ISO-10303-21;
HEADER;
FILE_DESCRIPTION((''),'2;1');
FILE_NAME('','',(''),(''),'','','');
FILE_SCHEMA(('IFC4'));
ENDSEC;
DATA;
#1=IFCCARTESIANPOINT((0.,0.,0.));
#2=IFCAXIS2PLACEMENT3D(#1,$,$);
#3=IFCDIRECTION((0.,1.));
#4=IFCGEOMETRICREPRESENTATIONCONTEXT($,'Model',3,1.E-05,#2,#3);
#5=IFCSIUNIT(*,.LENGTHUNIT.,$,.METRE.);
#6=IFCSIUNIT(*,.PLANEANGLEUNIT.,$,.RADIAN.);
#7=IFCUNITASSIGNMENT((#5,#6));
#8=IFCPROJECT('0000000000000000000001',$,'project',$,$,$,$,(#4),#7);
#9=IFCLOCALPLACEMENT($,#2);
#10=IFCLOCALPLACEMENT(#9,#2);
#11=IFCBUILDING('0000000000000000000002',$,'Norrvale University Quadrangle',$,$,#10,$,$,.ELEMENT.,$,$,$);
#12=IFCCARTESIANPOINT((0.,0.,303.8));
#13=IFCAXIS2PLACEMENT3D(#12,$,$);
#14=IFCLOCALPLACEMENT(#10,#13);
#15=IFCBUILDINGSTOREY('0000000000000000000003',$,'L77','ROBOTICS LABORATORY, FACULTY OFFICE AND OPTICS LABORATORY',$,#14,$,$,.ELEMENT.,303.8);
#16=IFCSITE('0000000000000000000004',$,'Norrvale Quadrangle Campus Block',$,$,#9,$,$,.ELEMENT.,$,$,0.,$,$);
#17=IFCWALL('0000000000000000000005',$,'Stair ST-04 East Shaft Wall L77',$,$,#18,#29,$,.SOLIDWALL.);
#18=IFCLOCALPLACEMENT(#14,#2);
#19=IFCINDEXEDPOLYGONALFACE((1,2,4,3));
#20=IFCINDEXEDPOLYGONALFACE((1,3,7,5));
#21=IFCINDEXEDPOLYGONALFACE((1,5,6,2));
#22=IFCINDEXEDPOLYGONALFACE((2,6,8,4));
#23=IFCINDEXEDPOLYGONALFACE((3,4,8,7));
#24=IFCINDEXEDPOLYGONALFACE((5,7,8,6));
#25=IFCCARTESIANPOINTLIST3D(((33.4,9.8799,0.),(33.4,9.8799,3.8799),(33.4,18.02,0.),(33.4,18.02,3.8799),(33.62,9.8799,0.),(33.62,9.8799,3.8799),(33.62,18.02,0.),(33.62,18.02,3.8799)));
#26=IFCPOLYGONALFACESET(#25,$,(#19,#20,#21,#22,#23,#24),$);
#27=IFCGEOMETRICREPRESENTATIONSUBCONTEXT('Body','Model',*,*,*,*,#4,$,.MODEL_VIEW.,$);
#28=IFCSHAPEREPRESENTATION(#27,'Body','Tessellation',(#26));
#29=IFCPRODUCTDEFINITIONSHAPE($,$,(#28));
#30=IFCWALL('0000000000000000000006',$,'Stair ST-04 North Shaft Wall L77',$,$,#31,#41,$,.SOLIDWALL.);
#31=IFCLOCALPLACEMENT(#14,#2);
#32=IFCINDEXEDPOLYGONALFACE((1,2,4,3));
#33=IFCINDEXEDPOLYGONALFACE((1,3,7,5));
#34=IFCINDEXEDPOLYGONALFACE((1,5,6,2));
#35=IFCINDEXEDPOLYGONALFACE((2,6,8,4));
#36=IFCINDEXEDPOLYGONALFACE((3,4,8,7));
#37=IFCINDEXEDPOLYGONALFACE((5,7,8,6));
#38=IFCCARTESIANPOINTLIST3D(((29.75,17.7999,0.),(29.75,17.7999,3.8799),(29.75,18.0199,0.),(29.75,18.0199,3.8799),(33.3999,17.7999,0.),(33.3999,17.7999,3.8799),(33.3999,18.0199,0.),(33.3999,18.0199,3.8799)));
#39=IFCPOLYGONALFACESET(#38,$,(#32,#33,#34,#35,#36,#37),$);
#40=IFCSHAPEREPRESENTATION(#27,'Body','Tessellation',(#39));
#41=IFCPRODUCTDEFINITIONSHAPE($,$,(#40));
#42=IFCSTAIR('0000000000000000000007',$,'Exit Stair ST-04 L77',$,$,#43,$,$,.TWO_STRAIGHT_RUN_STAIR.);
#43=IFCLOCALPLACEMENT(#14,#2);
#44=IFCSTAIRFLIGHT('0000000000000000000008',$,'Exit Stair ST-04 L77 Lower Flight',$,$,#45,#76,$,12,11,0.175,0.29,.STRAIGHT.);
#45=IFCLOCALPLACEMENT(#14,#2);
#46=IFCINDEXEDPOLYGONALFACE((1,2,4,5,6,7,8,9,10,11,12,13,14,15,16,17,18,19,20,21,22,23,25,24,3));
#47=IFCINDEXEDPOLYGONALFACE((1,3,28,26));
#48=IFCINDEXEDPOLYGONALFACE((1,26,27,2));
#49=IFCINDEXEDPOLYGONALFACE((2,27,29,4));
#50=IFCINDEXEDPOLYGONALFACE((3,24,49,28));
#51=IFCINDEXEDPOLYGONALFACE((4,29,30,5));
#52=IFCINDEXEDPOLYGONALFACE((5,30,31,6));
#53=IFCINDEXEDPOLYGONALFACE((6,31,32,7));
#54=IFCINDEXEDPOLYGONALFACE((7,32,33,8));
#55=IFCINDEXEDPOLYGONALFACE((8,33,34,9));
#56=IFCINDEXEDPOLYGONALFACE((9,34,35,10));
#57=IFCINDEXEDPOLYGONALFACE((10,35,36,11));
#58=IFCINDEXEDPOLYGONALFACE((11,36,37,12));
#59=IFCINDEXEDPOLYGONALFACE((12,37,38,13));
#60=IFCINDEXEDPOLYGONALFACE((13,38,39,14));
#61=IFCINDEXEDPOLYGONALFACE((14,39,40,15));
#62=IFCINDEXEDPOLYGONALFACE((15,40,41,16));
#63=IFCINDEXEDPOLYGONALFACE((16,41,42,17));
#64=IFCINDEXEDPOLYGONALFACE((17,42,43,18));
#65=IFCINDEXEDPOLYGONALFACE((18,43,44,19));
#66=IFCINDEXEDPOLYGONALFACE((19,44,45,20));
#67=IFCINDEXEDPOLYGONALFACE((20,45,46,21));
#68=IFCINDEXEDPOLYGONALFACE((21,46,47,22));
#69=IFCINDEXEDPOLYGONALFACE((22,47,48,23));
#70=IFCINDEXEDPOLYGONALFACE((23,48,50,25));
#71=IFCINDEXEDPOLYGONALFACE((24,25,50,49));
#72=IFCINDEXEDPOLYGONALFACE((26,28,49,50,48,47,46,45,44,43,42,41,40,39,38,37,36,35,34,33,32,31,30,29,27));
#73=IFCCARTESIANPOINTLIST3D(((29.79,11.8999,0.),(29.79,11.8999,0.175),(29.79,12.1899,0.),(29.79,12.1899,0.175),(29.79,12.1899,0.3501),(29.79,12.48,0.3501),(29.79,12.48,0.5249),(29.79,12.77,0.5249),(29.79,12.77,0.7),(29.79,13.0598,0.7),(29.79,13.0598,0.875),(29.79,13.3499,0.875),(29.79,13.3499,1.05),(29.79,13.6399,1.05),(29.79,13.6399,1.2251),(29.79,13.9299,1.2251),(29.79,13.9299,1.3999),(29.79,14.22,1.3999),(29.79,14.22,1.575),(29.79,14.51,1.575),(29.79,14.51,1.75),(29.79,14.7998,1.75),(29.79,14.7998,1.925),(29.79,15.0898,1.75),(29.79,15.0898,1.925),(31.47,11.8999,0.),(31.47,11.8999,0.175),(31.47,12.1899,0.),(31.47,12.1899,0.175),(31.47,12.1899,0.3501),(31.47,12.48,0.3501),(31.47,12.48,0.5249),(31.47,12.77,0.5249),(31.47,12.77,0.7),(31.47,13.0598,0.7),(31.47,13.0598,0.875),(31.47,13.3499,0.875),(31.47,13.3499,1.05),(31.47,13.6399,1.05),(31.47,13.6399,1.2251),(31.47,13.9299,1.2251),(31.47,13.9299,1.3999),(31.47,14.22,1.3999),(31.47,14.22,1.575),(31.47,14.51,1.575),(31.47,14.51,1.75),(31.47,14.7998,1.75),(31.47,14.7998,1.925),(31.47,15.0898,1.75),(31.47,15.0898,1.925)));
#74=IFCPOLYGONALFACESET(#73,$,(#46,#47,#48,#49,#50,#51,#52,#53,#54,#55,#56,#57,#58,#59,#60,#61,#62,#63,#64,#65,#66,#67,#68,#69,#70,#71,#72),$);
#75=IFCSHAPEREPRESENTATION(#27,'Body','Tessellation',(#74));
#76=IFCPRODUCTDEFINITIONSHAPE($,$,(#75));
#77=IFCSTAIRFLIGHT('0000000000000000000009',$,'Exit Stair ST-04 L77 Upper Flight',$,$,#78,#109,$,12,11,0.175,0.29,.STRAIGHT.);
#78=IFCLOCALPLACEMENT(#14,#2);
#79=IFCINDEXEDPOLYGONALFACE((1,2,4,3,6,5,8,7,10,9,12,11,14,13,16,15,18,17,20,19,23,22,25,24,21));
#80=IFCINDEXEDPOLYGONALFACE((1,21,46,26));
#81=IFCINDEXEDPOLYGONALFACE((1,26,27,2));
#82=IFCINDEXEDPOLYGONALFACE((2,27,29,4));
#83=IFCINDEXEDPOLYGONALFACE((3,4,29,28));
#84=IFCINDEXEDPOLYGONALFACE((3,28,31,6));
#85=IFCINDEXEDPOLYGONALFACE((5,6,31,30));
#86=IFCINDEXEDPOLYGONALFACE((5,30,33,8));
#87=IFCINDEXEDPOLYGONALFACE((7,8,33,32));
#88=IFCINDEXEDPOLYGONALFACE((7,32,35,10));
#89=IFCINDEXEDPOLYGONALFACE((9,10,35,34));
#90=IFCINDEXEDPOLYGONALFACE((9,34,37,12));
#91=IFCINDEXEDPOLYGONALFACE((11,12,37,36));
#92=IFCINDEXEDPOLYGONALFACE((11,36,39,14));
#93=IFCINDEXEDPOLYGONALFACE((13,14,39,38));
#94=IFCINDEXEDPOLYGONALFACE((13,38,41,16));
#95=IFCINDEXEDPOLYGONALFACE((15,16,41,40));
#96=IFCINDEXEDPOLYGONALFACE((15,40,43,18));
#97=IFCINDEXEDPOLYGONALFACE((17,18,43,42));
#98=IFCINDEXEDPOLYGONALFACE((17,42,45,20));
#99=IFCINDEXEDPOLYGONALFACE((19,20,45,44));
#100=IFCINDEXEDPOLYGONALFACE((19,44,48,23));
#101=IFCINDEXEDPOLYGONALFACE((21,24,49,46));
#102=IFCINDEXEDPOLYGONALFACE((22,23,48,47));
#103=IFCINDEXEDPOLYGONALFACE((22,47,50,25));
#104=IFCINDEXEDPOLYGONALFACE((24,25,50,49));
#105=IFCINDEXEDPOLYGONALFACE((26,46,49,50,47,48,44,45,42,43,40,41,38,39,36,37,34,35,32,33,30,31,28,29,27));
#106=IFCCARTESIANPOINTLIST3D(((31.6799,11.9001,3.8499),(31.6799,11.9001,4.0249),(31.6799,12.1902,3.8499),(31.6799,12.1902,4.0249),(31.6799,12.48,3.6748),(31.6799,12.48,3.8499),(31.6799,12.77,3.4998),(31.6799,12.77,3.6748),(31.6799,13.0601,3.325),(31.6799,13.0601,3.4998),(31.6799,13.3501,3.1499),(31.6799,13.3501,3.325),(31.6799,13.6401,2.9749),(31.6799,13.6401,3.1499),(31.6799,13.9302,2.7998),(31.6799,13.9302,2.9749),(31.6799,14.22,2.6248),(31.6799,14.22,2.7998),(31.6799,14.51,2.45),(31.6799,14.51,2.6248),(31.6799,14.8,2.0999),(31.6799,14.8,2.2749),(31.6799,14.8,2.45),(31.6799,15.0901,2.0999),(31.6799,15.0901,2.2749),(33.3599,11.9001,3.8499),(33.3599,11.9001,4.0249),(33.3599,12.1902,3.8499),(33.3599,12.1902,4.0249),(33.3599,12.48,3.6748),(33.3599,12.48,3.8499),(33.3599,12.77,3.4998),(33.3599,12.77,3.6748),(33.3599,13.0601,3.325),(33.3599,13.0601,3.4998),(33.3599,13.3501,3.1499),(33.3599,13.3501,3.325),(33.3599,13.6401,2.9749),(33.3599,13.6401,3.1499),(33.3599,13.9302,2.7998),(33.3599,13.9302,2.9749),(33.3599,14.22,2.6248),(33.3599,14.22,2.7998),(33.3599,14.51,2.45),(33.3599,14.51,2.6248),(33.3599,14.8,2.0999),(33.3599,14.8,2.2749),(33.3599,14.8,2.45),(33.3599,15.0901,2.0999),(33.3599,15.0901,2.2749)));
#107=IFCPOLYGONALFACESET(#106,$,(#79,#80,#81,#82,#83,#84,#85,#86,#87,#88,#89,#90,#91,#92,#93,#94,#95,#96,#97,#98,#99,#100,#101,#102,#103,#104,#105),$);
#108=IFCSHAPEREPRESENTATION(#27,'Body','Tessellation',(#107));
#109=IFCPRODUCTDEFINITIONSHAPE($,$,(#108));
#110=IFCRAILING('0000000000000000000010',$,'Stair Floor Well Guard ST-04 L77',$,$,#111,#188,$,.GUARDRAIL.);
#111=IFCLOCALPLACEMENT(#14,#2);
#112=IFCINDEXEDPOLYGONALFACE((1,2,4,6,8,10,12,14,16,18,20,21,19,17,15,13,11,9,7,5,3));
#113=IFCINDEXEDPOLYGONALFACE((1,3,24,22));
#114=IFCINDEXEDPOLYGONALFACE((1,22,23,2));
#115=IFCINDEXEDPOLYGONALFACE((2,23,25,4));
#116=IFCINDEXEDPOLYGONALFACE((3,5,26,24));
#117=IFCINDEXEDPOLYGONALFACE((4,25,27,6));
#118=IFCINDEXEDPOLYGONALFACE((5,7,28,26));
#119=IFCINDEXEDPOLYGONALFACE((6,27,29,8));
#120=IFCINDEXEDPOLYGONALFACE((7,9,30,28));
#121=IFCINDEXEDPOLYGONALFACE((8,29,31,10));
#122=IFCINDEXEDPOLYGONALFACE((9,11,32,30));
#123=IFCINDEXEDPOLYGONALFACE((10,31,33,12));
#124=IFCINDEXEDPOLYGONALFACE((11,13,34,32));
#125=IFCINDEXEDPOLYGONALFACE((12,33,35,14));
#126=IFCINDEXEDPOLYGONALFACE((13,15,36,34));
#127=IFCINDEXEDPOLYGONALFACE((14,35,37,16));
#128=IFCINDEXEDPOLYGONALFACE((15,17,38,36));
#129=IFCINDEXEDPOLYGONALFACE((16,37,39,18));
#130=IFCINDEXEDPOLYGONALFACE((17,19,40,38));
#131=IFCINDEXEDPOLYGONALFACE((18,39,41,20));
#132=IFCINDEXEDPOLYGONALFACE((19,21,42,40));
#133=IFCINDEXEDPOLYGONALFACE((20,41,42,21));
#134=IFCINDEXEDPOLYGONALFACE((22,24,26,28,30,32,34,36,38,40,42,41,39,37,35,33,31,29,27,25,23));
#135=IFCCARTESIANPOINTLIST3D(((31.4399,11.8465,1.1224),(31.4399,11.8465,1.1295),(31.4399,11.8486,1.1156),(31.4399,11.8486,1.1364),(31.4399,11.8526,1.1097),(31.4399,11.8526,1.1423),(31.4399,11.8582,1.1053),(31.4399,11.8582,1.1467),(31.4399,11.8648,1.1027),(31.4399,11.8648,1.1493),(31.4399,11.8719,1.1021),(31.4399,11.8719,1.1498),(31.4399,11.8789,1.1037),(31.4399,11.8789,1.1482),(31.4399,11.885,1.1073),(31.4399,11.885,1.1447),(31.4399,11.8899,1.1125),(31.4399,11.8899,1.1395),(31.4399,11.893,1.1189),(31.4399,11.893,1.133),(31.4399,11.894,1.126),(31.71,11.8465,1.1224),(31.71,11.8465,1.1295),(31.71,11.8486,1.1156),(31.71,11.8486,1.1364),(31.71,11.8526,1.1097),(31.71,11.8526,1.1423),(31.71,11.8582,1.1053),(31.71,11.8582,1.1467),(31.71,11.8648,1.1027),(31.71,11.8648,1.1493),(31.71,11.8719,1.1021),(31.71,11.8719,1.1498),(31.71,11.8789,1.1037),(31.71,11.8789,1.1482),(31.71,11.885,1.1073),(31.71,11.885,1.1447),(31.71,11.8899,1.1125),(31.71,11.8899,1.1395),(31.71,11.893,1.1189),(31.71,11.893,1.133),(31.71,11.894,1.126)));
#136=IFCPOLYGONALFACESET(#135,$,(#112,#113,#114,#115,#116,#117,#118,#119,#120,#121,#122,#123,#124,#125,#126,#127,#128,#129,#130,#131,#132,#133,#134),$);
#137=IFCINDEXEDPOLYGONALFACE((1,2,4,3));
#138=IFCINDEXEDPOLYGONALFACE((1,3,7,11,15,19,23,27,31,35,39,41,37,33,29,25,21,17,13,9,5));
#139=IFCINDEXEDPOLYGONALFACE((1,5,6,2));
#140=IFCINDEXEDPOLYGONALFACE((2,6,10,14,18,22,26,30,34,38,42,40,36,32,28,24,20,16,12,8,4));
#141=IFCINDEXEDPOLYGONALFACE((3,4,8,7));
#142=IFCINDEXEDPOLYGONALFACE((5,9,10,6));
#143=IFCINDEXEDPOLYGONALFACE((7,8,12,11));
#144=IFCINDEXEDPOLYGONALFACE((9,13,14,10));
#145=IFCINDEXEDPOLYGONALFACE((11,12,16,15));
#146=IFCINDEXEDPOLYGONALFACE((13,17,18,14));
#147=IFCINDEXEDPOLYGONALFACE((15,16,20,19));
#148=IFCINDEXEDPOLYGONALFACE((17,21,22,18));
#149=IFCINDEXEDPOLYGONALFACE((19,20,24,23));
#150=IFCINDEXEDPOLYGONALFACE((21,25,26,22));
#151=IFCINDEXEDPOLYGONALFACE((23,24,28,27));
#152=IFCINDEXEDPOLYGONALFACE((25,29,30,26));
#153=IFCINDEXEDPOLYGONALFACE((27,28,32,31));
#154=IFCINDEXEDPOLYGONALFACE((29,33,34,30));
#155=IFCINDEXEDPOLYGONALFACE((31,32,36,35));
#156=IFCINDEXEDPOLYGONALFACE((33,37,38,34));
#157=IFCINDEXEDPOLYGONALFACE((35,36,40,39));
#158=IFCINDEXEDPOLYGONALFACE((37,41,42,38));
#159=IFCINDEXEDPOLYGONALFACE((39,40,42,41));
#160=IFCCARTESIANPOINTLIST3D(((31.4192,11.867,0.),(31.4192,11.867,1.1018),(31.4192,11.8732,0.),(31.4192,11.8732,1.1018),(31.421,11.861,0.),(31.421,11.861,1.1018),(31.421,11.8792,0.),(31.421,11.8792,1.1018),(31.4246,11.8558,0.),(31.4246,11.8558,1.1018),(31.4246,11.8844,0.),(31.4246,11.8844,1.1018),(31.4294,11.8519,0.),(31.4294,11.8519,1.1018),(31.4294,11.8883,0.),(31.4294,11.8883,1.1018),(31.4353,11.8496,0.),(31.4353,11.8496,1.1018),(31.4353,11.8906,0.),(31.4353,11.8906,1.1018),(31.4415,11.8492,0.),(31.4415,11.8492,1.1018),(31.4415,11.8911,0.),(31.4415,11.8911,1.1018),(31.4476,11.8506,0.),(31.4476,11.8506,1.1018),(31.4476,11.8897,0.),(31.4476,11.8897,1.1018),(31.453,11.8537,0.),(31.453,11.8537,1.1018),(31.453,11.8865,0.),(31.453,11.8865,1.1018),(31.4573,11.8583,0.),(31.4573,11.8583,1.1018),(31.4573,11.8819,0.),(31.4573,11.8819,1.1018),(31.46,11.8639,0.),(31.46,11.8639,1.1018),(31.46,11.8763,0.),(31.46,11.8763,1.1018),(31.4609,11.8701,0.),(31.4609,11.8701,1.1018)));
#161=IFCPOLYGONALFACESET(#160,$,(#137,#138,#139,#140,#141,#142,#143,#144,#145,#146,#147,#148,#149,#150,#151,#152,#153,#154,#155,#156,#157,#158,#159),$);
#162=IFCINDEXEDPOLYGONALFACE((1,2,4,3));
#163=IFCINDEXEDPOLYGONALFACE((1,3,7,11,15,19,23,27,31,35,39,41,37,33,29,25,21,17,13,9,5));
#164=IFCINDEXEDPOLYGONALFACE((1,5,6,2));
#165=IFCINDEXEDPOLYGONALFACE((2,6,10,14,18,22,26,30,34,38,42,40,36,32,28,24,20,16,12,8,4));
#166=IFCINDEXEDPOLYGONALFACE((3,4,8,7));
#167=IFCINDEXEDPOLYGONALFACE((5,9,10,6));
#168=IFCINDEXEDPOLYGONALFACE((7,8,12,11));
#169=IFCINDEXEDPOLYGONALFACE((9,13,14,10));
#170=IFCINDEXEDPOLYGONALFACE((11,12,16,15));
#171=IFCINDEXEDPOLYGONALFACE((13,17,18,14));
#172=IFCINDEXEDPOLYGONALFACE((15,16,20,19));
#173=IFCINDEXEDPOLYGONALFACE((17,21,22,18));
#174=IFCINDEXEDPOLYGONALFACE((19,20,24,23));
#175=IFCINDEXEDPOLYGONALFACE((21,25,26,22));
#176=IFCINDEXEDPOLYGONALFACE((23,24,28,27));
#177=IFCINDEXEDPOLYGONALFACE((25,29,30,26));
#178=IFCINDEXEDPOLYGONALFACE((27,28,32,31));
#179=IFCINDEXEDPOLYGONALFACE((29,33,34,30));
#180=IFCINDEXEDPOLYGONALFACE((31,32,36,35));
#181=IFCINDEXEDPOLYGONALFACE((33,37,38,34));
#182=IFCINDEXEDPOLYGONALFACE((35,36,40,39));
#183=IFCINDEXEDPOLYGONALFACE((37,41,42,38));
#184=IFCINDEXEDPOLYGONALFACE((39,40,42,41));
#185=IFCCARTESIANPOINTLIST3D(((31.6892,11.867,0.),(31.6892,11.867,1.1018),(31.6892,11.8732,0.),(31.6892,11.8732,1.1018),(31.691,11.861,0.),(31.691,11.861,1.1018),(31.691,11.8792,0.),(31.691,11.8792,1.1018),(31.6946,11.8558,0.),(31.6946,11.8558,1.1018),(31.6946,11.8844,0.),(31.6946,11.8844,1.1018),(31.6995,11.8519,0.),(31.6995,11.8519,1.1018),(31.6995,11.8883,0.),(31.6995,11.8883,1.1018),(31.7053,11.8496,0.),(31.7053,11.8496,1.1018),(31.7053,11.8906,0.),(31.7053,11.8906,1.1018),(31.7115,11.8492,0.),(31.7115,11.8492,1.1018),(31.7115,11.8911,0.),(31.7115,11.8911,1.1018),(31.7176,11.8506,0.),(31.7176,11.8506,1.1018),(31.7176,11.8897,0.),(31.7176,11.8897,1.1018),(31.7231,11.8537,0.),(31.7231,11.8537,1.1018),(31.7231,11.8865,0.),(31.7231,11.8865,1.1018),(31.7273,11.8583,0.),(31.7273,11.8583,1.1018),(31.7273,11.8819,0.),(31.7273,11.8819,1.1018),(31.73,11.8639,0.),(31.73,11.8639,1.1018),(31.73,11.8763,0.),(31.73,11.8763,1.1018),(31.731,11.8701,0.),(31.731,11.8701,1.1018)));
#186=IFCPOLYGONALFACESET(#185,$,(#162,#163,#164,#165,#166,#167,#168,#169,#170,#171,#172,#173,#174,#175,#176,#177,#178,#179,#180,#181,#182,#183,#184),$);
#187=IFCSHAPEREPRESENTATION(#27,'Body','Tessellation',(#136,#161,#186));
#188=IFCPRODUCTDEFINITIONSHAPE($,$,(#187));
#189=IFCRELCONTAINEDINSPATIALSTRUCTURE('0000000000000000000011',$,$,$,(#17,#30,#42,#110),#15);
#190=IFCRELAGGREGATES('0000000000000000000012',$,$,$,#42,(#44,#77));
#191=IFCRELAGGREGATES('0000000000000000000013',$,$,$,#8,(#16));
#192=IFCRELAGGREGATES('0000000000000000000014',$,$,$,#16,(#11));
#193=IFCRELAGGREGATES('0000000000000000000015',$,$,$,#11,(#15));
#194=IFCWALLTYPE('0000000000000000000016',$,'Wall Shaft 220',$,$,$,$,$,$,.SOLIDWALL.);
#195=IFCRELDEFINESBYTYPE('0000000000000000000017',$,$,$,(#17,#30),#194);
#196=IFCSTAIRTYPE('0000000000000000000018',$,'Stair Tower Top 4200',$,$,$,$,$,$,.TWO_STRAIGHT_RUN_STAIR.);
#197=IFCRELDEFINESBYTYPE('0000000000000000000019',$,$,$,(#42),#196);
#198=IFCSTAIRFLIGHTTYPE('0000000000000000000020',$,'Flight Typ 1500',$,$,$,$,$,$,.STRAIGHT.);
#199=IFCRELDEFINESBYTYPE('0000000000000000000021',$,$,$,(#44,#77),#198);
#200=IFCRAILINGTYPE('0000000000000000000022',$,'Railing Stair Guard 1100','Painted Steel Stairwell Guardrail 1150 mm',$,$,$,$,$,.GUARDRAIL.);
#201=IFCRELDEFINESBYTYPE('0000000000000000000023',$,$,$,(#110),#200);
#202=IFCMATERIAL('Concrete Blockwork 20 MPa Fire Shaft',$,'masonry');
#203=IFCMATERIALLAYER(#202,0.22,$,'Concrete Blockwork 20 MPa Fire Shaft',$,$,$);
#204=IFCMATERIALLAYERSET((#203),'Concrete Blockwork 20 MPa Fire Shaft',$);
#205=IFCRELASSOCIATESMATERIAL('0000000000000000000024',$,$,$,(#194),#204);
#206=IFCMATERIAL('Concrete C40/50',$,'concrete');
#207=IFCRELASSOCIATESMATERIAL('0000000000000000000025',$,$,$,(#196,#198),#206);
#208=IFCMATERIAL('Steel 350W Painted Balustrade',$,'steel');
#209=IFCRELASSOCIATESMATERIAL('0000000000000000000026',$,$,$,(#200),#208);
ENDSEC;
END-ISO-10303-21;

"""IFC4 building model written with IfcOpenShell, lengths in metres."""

from ifc_helpers import new_model, si_unit, direction, frame, frame_2d, origin, origin_2d, place, context, subcontext, project, spatial, polyline, rectangle, circle, outline, extrude, material, layer, layer_set, type_object, element, aggregate, save


model = new_model("IFC4")

# Units and contexts
model_context = context("Model", 3, precision=1e-05, world=origin(), true_north=direction((0.0, 1.0)))
body_context = subcontext(model_context, "Body", "Model", "MODEL_VIEW")
ifc_project = project(units=[si_unit("LENGTHUNIT", "METRE"), si_unit("PLANEANGLEUNIT", "RADIAN")], contexts=[model_context])

# Site, building, storey
site_placement = place(None, origin())
site = spatial("IfcSite", under=ifc_project, at=site_placement, Name="Norrvale Quadrangle Campus Block", CompositionType="ELEMENT", RefElevation=0.0)
building_placement = place(site_placement, origin())
building = spatial("IfcBuilding", under=site, at=building_placement, Name="Norrvale University Quadrangle", CompositionType="ELEMENT")
storey_placement = place(building_placement, frame((0.0, 0.0, 303.8)))
storey = spatial("IfcBuildingStorey", under=building, at=storey_placement, Name="L77", Description="ROBOTICS LABORATORY, FACULTY OFFICE AND OPTICS LABORATORY", CompositionType="ELEMENT", Elevation=303.8)

# Walls
ifc_material_1 = material(Name="Concrete Blockwork 20 MPa Fire Shaft", Category="masonry")
ifc_layer = layer(ifc_material_1, 0.22, Name="Concrete Blockwork 20 MPa Fire Shaft")
ifc_layer_set = layer_set([ifc_layer], Name="Concrete Blockwork 20 MPa Fire Shaft")
wall_type = type_object("IfcWallType", Name="Wall Shaft 220", PredefinedType="SOLIDWALL", material=ifc_layer_set)
wall_1_placement = place(storey_placement, frame((33.51, 9.8799, 0.0), z_axis=(0.0, 0.0, 1.0), x_axis=(0.0, 1.0, 0.0)))
element("IfcWall", 1, at=wall_1_placement, inside=storey, type_object=wall_type, Name="Stair ST-04 East Shaft Wall L77", PredefinedType="SOLIDWALL", context=body_context, shape_type="SweptSolid", body=[
    extrude(rectangle(XDim=8.1401, YDim=0.22, at=frame_2d((4.0701, 0.0))), origin(), (0.0, 0.0, 1.0), 3.8799),
])
wall_2_placement = place(storey_placement, frame((29.75, 17.9099, 0.0), z_axis=(0.0, 0.0, 1.0), x_axis=(1.0, 0.0, 0.0)))
element("IfcWall", 2, at=wall_2_placement, inside=storey, type_object=wall_type, Name="Stair ST-04 North Shaft Wall L77", PredefinedType="SOLIDWALL", context=body_context, shape_type="SweptSolid", body=[
    extrude(rectangle(XDim=3.6499, YDim=0.22, at=frame_2d((1.825, 0.0))), origin(), (0.0, 0.0, 1.0), 3.8799),
])

# Stair, stair flights
ifc_material_2 = material(Name="Concrete C40/50", Category="concrete")
stair_type = type_object("IfcStairType", Name="Stair Tower Top 4200", PredefinedType="TWO_STRAIGHT_RUN_STAIR", material=ifc_material_2)
stair_placement = place(storey_placement, origin())
stair = element("IfcStair", 3, at=stair_placement, inside=storey, type_object=stair_type, Name="Exit Stair ST-04 L77", PredefinedType="TWO_STRAIGHT_RUN_STAIR")
stair_flight_type = type_object("IfcStairFlightType", Name="Flight Typ 1500", PredefinedType="STRAIGHT", material=ifc_material_2)
stair_flight_1_placement = place(storey_placement, frame((30.6299, 11.8999, 0.0), z_axis=(0.0, 0.0, 1.0), x_axis=(0.0, 1.0, 0.0)))
stair_flight_1 = element("IfcStairFlight", 4, at=stair_flight_1_placement, type_object=stair_flight_type, Name="Exit Stair ST-04 L77 Lower Flight", NumberOfRisers=12, NumberOfTreads=11, PredefinedType="STRAIGHT", RiserHeight=0.175, TreadLength=0.29, context=body_context, shape_type="SweptSolid", body=[
    extrude(outline(polyline([(0.0, 0.0), (0.0, 0.175), (0.29, 0.175), (0.29, 0.3501), (0.5801, 0.3501), (0.5801, 0.5249), (0.8701, 0.5249), (0.8701, 0.7), (1.1599, 0.7), (1.1599, 0.875), (1.45, 0.875), (1.45, 1.05), (1.74, 1.05), (1.74, 1.2251), (2.03, 1.2251), (2.03, 1.3999), (2.3201, 1.3999), (2.3201, 1.575), (2.6101, 1.575), (2.6101, 1.75), (2.8999, 1.75), (2.8999, 1.925), (3.1899, 1.925), (3.1899, 2.1001), (3.1899, 1.75), (0.29, 0.0), (0.0, 0.0)])), frame((0.0, 0.8398, 0.0), z_axis=(0.0, -1.0, 0.0), x_axis=(1.0, 0.0, 0.0)), (0.0, 0.0, 1.0), 1.6799),
])
stair_flight_2_placement = place(storey_placement, frame((32.52, 15.0901, 2.0999), z_axis=(0.0, 0.0, 1.0), x_axis=(0.0, -1.0, 0.0)))
stair_flight_2 = element("IfcStairFlight", 5, at=stair_flight_2_placement, type_object=stair_flight_type, Name="Exit Stair ST-04 L77 Upper Flight", NumberOfRisers=12, NumberOfTreads=11, PredefinedType="STRAIGHT", RiserHeight=0.175, TreadLength=0.29, context=body_context, shape_type="SweptSolid", body=[
    extrude(outline(polyline([(0.0, 0.0), (0.0, 0.175), (0.29, 0.175), (0.29, 0.3501), (0.5801, 0.3501), (0.5801, 0.5249), (0.8701, 0.5249), (0.8701, 0.7), (1.1599, 0.7), (1.1599, 0.875), (1.45, 0.875), (1.45, 1.05), (1.74, 1.05), (1.74, 1.2251), (2.03, 1.2251), (2.03, 1.3999), (2.3201, 1.3999), (2.3201, 1.575), (2.6101, 1.575), (2.6101, 1.75), (2.8999, 1.75), (2.8999, 1.925), (3.1899, 1.925), (3.1899, 2.1001), (3.1899, 1.75), (0.29, 0.0), (0.0, 0.0)])), frame((0.0, 0.8398, 0.0), z_axis=(0.0, -1.0, 0.0), x_axis=(1.0, 0.0, 0.0)), (0.0, 0.0, 1.0), 1.6799),
])
aggregate(stair, [stair_flight_1, stair_flight_2])

# Railing
ifc_material_3 = material(Name="Steel 350W Painted Balustrade", Category="steel")
railing_type_1 = type_object("IfcRailingType", Name="Railing Stair Guard 1100", Description="Painted Steel Stairwell Guardrail 1150 mm", PredefinedType="GUARDRAIL", material=ifc_material_3)
for number, where, name in (
    (6, (31.4399, 11.8701, 0.0), "Stair Floor Well Guard ST-04 L77"),
):
    element("IfcRailing", number, at=place(storey_placement, frame(where)), inside=storey, type_object=railing_type_1, Name=name, PredefinedType="GUARDRAIL", context=body_context, shape_type="SweptSolid", body=[
        extrude(circle(Radius=0.0239, at=origin_2d()), frame((0.0, 0.0, 1.126), z_axis=(1.0, 0.0, 0.0), x_axis=(0.0, 1.0, 0.0)), (0.0, 0.0, 1.0), 0.27),
        extrude(circle(Radius=0.021, at=origin_2d()), origin(), (0.0, 0.0, 1.0), 1.1018),
        extrude(circle(Radius=0.021, at=origin_2d()), frame((0.27, 0.0, 0.0)), (0.0, 0.0, 1.0), 1.1018),
    ])

save(model, "model.ifc")
